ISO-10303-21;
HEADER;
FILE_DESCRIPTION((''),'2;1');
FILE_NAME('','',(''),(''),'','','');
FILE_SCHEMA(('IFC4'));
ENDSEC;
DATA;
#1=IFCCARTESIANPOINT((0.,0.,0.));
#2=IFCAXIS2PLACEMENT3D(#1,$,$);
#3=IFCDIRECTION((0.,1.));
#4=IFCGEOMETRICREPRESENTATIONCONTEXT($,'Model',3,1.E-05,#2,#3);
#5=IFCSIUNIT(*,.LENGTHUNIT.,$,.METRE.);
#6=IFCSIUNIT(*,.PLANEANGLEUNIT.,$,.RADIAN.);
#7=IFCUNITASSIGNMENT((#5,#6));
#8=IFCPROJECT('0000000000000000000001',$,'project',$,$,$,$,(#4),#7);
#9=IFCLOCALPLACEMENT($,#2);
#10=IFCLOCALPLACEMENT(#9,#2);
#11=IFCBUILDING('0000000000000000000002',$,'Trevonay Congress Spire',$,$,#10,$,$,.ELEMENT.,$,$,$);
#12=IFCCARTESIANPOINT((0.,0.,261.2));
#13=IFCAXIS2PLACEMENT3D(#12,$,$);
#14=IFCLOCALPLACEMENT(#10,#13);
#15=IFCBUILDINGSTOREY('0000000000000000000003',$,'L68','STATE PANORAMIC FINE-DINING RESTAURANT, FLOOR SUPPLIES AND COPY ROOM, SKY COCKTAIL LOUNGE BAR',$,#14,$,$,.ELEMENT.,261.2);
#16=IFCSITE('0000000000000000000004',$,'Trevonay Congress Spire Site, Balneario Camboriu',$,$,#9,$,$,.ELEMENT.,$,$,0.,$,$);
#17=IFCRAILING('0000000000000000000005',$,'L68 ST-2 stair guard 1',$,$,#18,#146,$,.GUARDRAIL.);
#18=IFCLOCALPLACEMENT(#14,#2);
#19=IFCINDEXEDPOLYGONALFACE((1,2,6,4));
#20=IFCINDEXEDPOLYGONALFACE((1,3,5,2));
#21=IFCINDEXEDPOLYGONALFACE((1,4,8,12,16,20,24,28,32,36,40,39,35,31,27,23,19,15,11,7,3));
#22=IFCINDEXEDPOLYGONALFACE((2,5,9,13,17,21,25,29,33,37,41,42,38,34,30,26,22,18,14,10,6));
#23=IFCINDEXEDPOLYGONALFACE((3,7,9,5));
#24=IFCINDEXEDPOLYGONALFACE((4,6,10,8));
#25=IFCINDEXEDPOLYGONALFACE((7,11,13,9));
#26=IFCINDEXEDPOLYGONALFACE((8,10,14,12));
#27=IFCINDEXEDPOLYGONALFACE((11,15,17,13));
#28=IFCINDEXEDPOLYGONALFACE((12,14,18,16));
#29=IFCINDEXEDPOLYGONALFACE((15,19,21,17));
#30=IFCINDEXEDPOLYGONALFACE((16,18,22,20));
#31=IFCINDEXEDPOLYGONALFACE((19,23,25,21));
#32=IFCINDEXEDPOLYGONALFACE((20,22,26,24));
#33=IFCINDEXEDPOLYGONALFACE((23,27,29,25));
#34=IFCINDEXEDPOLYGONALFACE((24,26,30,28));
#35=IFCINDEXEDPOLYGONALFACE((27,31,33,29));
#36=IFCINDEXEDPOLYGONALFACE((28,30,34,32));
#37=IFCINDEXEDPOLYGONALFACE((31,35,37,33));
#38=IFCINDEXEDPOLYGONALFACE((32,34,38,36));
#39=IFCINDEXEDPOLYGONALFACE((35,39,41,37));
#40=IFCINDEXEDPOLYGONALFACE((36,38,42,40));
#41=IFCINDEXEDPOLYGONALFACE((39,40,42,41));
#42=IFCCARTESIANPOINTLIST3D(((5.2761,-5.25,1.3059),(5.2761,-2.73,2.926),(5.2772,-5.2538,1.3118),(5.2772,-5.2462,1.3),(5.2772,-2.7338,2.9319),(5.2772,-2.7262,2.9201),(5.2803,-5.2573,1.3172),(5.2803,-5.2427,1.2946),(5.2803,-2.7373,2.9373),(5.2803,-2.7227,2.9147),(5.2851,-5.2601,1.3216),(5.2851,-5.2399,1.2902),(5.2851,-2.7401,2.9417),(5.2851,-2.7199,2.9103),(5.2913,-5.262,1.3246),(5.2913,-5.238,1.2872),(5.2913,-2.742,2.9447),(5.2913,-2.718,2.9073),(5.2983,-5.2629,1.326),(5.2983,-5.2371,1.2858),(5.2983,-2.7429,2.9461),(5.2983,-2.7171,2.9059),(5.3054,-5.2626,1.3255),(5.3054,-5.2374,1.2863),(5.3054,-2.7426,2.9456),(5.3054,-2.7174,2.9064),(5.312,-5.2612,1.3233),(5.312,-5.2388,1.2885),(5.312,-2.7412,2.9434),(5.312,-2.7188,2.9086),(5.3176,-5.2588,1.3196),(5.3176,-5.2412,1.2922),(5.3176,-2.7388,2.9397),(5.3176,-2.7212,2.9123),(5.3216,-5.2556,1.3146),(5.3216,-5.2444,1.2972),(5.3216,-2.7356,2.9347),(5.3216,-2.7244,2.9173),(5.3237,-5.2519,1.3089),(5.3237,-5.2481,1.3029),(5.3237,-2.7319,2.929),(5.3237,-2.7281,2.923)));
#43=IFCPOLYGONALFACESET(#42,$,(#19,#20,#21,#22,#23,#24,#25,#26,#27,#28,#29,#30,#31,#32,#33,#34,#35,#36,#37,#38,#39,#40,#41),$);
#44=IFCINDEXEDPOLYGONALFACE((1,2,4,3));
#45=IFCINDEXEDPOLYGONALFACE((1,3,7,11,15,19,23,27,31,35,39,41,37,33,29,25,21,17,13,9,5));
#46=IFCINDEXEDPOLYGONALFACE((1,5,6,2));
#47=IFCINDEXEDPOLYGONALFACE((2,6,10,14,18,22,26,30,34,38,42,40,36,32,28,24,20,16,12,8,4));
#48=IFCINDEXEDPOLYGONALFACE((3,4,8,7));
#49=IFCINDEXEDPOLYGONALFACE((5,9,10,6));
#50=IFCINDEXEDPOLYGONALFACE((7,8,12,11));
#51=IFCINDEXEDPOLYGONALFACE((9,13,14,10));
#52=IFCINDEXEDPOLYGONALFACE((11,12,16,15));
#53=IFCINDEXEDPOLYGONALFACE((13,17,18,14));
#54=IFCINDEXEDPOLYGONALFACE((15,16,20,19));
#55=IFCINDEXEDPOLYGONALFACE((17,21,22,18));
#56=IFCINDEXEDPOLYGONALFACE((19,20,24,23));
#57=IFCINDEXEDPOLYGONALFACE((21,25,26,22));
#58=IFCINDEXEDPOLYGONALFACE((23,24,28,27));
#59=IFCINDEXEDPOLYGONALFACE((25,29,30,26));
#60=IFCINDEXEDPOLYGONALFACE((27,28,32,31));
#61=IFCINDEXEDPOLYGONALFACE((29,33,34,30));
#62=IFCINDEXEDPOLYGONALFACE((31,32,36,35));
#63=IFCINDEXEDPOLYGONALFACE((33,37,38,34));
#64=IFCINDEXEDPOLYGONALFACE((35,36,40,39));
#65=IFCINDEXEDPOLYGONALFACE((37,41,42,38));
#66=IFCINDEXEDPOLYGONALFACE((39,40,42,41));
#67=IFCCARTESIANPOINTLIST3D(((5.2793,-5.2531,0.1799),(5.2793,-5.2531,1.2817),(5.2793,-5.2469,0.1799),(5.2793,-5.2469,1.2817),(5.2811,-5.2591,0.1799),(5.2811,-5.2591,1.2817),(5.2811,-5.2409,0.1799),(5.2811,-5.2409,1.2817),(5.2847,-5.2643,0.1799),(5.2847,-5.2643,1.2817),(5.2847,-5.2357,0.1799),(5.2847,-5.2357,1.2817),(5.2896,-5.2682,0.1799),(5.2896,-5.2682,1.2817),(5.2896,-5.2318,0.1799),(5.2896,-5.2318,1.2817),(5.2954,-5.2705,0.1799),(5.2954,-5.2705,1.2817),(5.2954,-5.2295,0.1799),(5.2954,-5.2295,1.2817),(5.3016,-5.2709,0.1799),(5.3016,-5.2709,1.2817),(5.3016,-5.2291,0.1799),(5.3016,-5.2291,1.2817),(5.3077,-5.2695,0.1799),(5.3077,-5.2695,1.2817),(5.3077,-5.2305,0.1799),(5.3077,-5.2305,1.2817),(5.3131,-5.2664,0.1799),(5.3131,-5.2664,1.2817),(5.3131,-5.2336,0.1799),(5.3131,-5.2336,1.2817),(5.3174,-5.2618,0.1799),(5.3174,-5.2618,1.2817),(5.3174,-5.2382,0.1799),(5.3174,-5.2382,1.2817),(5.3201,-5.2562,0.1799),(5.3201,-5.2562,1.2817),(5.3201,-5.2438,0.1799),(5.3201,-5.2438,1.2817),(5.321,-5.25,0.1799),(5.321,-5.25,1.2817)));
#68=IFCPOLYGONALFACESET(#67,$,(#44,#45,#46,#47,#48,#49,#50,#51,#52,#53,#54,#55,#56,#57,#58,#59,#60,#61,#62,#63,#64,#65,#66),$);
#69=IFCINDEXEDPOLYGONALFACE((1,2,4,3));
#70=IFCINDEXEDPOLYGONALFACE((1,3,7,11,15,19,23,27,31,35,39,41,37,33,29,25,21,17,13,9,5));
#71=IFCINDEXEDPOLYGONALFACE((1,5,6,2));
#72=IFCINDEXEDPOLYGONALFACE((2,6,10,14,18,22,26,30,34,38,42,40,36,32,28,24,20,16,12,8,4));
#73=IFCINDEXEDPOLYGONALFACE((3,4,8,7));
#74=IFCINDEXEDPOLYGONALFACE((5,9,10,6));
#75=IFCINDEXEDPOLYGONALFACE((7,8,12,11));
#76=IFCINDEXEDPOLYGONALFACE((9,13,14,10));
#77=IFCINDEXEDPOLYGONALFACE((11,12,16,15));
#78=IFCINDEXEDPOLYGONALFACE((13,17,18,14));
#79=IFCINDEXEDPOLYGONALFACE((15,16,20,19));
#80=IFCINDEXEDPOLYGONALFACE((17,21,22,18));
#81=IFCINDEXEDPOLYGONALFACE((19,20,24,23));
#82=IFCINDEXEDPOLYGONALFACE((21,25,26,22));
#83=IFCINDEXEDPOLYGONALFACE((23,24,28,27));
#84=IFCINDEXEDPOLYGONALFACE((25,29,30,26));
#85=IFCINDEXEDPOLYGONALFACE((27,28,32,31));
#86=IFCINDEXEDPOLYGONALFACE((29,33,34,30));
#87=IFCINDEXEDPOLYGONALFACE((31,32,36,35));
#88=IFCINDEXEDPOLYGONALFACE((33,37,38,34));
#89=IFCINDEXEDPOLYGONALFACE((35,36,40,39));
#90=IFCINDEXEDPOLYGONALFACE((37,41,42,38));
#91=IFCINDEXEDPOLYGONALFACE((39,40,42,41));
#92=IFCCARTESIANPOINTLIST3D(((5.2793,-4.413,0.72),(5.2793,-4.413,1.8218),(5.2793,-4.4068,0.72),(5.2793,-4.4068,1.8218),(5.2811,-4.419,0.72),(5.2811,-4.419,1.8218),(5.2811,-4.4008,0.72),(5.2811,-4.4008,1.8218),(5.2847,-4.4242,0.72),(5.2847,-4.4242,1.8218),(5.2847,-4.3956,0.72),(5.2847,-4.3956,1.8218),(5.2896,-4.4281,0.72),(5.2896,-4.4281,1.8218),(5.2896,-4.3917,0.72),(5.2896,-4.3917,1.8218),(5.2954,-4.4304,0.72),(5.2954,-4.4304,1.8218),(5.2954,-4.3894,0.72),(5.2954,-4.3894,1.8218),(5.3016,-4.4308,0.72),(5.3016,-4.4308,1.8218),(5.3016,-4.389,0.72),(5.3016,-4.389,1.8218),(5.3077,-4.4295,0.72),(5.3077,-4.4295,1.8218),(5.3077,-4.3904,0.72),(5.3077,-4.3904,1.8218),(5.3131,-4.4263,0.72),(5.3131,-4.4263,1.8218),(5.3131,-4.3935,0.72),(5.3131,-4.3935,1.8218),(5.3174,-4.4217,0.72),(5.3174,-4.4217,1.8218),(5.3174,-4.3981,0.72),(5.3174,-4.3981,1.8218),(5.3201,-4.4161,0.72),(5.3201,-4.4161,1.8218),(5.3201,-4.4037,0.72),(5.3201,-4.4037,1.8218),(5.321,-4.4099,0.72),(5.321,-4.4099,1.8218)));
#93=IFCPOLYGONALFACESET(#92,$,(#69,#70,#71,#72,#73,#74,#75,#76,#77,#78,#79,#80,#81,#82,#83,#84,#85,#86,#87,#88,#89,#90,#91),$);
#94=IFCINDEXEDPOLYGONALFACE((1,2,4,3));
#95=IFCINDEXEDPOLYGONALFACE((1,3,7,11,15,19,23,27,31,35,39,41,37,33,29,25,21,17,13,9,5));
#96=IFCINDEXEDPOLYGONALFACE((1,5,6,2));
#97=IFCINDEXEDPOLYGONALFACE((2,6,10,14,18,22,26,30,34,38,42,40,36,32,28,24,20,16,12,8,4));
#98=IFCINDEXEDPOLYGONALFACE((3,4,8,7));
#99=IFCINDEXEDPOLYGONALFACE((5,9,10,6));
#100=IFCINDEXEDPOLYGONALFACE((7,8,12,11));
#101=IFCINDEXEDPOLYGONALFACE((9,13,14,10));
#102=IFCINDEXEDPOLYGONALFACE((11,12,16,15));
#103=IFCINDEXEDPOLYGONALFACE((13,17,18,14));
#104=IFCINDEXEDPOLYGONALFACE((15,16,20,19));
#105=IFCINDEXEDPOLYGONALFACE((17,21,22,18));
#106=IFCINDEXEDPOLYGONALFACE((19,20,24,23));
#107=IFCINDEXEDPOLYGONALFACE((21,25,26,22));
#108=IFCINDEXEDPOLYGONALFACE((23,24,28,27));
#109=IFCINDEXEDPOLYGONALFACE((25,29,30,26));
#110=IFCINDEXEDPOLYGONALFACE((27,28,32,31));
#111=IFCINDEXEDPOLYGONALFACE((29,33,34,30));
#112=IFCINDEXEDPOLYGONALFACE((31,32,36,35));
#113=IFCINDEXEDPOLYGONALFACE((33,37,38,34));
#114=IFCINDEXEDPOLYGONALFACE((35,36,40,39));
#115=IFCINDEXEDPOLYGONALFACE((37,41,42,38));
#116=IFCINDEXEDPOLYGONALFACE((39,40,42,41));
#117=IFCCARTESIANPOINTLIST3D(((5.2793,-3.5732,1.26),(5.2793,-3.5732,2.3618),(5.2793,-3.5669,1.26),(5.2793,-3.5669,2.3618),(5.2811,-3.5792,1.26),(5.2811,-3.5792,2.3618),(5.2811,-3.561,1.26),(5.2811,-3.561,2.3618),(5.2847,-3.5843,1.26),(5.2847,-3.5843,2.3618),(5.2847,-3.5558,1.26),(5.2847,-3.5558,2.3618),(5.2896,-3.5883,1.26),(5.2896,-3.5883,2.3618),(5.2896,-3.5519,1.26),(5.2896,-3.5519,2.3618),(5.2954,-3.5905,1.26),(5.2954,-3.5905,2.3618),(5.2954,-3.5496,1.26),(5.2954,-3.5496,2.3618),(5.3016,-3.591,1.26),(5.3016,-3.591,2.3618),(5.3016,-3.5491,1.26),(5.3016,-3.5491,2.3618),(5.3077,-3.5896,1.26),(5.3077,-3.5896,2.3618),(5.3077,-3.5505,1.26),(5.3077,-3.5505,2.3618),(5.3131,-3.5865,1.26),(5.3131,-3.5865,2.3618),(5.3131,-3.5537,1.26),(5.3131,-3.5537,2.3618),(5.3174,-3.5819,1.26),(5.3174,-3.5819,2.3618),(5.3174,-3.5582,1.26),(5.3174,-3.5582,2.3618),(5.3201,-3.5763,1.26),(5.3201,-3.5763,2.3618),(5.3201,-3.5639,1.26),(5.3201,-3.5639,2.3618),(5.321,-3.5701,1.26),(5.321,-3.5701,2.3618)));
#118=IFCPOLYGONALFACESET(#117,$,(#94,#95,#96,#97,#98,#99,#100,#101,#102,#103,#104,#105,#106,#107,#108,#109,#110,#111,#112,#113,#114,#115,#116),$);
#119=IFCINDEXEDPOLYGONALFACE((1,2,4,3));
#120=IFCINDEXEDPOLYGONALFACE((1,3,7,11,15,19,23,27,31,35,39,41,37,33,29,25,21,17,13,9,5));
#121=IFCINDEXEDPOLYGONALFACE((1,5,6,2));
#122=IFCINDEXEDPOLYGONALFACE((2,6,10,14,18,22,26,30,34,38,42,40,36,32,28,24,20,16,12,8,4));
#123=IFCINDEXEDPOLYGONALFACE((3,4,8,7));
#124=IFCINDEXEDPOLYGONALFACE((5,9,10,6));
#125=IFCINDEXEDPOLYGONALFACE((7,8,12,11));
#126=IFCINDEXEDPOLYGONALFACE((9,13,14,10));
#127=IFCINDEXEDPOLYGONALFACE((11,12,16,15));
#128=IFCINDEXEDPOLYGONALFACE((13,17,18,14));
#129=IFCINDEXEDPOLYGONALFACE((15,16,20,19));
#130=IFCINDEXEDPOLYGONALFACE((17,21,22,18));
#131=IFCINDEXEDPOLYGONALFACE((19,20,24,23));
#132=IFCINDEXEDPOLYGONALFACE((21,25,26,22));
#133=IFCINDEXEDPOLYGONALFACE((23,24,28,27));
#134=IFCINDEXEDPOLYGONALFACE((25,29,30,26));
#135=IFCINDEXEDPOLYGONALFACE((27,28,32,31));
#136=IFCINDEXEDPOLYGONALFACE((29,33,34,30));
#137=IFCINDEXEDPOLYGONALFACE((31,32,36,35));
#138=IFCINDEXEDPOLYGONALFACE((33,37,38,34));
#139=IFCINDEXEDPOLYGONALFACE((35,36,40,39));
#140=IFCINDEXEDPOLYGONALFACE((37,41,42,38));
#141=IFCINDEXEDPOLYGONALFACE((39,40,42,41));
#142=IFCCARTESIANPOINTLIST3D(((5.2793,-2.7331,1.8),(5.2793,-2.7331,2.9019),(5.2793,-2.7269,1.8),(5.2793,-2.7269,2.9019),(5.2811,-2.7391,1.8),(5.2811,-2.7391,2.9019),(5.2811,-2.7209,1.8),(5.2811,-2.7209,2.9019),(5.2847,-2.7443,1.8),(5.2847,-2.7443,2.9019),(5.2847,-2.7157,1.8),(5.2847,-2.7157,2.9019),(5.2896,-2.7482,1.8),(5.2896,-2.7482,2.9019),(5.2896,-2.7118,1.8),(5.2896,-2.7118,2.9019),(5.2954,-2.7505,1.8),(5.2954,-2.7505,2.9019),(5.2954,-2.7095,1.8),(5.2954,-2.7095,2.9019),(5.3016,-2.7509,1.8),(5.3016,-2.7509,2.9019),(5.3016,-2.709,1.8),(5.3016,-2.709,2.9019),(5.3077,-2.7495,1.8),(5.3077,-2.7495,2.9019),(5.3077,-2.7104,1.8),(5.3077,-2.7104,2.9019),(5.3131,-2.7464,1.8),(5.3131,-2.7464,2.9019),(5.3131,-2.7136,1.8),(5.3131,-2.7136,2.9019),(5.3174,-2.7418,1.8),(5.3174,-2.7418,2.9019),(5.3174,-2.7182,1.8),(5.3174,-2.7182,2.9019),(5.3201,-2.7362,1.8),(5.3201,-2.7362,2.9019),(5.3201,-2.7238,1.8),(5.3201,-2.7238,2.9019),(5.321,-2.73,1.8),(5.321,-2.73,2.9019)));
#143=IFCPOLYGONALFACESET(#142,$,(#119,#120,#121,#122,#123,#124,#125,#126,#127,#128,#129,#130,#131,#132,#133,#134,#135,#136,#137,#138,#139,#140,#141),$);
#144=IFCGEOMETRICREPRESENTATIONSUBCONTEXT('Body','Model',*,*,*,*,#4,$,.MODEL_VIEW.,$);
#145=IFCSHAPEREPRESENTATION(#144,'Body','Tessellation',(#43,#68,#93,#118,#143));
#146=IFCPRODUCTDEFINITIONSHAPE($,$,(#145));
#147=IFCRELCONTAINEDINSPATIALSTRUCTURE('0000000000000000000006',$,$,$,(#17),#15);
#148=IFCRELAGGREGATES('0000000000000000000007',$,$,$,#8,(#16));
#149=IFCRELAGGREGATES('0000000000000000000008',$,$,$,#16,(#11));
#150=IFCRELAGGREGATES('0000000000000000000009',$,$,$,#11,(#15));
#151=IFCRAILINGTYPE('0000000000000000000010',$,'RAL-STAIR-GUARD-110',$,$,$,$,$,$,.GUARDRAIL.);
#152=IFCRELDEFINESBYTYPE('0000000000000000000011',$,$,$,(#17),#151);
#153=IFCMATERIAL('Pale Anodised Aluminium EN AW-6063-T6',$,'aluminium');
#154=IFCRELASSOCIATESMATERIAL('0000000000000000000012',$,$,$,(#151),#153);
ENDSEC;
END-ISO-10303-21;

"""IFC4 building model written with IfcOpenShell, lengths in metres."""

from ifc_helpers import new_model, si_unit, direction, frame, origin, origin_2d, place, context, subcontext, project, spatial, circle, extrude, material, type_object, element, save


model = new_model("IFC4")

# Units and contexts
model_context = context("Model", 3, precision=1e-05, world=origin(), true_north=direction((0.0, 1.0)))
body_context = subcontext(model_context, "Body", "Model", "MODEL_VIEW")
ifc_project = project(units=[si_unit("LENGTHUNIT", "METRE"), si_unit("PLANEANGLEUNIT", "RADIAN")], contexts=[model_context])

# Site, building, storey
site_placement = place(None, origin())
site = spatial("IfcSite", under=ifc_project, at=site_placement, Name="Trevonay Congress Spire Site, Balneario Camboriu", CompositionType="ELEMENT", RefElevation=0.0)
building_placement = place(site_placement, origin())
building = spatial("IfcBuilding", under=site, at=building_placement, Name="Trevonay Congress Spire", CompositionType="ELEMENT")
storey_placement = place(building_placement, frame((0.0, 0.0, 261.2)))
storey = spatial("IfcBuildingStorey", under=building, at=storey_placement, Name="L68", Description="STATE PANORAMIC FINE-DINING RESTAURANT, FLOOR SUPPLIES AND COPY ROOM, SKY COCKTAIL LOUNGE BAR", CompositionType="ELEMENT", Elevation=261.2)

# Shared definitions
ifc_material_1 = material(Name="Pale Anodised Aluminium EN AW-6063-T6", Category="aluminium")

# Railing
railing_type_1 = type_object("IfcRailingType", Name="RAL-STAIR-GUARD-110", PredefinedType="GUARDRAIL", material=ifc_material_1)
railing_1_placement = place(storey_placement, frame((5.3, -5.25, 0.1799)))
element("IfcRailing", 1, at=railing_1_placement, inside=storey, type_object=railing_type_1, Name="L68 ST-2 stair guard 1", PredefinedType="GUARDRAIL", context=body_context, shape_type="SweptSolid", body=[
    extrude(circle(Radius=0.0239, at=origin_2d()), frame((0.0, 0.0, 1.126), z_axis=(0.0, 0.841163, 0.540782), x_axis=(-1.0, 0.0, 0.0)), (0.0, 0.0, 1.0), 2.9958),
    extrude(circle(Radius=0.021, at=origin_2d()), origin(), (0.0, 0.0, 1.0), 1.1018),
    extrude(circle(Radius=0.021, at=origin_2d()), frame((0.0, 0.8401, 0.54)), (0.0, 0.0, 1.0), 1.1018),
    extrude(circle(Radius=0.021, at=origin_2d()), frame((0.0, 1.6799, 1.0801)), (0.0, 0.0, 1.0), 1.1018),
    extrude(circle(Radius=0.021, at=origin_2d()), frame((0.0, 2.52, 1.6201)), (0.0, 0.0, 1.0), 1.1018),
])

save(model, "model.ifc")
